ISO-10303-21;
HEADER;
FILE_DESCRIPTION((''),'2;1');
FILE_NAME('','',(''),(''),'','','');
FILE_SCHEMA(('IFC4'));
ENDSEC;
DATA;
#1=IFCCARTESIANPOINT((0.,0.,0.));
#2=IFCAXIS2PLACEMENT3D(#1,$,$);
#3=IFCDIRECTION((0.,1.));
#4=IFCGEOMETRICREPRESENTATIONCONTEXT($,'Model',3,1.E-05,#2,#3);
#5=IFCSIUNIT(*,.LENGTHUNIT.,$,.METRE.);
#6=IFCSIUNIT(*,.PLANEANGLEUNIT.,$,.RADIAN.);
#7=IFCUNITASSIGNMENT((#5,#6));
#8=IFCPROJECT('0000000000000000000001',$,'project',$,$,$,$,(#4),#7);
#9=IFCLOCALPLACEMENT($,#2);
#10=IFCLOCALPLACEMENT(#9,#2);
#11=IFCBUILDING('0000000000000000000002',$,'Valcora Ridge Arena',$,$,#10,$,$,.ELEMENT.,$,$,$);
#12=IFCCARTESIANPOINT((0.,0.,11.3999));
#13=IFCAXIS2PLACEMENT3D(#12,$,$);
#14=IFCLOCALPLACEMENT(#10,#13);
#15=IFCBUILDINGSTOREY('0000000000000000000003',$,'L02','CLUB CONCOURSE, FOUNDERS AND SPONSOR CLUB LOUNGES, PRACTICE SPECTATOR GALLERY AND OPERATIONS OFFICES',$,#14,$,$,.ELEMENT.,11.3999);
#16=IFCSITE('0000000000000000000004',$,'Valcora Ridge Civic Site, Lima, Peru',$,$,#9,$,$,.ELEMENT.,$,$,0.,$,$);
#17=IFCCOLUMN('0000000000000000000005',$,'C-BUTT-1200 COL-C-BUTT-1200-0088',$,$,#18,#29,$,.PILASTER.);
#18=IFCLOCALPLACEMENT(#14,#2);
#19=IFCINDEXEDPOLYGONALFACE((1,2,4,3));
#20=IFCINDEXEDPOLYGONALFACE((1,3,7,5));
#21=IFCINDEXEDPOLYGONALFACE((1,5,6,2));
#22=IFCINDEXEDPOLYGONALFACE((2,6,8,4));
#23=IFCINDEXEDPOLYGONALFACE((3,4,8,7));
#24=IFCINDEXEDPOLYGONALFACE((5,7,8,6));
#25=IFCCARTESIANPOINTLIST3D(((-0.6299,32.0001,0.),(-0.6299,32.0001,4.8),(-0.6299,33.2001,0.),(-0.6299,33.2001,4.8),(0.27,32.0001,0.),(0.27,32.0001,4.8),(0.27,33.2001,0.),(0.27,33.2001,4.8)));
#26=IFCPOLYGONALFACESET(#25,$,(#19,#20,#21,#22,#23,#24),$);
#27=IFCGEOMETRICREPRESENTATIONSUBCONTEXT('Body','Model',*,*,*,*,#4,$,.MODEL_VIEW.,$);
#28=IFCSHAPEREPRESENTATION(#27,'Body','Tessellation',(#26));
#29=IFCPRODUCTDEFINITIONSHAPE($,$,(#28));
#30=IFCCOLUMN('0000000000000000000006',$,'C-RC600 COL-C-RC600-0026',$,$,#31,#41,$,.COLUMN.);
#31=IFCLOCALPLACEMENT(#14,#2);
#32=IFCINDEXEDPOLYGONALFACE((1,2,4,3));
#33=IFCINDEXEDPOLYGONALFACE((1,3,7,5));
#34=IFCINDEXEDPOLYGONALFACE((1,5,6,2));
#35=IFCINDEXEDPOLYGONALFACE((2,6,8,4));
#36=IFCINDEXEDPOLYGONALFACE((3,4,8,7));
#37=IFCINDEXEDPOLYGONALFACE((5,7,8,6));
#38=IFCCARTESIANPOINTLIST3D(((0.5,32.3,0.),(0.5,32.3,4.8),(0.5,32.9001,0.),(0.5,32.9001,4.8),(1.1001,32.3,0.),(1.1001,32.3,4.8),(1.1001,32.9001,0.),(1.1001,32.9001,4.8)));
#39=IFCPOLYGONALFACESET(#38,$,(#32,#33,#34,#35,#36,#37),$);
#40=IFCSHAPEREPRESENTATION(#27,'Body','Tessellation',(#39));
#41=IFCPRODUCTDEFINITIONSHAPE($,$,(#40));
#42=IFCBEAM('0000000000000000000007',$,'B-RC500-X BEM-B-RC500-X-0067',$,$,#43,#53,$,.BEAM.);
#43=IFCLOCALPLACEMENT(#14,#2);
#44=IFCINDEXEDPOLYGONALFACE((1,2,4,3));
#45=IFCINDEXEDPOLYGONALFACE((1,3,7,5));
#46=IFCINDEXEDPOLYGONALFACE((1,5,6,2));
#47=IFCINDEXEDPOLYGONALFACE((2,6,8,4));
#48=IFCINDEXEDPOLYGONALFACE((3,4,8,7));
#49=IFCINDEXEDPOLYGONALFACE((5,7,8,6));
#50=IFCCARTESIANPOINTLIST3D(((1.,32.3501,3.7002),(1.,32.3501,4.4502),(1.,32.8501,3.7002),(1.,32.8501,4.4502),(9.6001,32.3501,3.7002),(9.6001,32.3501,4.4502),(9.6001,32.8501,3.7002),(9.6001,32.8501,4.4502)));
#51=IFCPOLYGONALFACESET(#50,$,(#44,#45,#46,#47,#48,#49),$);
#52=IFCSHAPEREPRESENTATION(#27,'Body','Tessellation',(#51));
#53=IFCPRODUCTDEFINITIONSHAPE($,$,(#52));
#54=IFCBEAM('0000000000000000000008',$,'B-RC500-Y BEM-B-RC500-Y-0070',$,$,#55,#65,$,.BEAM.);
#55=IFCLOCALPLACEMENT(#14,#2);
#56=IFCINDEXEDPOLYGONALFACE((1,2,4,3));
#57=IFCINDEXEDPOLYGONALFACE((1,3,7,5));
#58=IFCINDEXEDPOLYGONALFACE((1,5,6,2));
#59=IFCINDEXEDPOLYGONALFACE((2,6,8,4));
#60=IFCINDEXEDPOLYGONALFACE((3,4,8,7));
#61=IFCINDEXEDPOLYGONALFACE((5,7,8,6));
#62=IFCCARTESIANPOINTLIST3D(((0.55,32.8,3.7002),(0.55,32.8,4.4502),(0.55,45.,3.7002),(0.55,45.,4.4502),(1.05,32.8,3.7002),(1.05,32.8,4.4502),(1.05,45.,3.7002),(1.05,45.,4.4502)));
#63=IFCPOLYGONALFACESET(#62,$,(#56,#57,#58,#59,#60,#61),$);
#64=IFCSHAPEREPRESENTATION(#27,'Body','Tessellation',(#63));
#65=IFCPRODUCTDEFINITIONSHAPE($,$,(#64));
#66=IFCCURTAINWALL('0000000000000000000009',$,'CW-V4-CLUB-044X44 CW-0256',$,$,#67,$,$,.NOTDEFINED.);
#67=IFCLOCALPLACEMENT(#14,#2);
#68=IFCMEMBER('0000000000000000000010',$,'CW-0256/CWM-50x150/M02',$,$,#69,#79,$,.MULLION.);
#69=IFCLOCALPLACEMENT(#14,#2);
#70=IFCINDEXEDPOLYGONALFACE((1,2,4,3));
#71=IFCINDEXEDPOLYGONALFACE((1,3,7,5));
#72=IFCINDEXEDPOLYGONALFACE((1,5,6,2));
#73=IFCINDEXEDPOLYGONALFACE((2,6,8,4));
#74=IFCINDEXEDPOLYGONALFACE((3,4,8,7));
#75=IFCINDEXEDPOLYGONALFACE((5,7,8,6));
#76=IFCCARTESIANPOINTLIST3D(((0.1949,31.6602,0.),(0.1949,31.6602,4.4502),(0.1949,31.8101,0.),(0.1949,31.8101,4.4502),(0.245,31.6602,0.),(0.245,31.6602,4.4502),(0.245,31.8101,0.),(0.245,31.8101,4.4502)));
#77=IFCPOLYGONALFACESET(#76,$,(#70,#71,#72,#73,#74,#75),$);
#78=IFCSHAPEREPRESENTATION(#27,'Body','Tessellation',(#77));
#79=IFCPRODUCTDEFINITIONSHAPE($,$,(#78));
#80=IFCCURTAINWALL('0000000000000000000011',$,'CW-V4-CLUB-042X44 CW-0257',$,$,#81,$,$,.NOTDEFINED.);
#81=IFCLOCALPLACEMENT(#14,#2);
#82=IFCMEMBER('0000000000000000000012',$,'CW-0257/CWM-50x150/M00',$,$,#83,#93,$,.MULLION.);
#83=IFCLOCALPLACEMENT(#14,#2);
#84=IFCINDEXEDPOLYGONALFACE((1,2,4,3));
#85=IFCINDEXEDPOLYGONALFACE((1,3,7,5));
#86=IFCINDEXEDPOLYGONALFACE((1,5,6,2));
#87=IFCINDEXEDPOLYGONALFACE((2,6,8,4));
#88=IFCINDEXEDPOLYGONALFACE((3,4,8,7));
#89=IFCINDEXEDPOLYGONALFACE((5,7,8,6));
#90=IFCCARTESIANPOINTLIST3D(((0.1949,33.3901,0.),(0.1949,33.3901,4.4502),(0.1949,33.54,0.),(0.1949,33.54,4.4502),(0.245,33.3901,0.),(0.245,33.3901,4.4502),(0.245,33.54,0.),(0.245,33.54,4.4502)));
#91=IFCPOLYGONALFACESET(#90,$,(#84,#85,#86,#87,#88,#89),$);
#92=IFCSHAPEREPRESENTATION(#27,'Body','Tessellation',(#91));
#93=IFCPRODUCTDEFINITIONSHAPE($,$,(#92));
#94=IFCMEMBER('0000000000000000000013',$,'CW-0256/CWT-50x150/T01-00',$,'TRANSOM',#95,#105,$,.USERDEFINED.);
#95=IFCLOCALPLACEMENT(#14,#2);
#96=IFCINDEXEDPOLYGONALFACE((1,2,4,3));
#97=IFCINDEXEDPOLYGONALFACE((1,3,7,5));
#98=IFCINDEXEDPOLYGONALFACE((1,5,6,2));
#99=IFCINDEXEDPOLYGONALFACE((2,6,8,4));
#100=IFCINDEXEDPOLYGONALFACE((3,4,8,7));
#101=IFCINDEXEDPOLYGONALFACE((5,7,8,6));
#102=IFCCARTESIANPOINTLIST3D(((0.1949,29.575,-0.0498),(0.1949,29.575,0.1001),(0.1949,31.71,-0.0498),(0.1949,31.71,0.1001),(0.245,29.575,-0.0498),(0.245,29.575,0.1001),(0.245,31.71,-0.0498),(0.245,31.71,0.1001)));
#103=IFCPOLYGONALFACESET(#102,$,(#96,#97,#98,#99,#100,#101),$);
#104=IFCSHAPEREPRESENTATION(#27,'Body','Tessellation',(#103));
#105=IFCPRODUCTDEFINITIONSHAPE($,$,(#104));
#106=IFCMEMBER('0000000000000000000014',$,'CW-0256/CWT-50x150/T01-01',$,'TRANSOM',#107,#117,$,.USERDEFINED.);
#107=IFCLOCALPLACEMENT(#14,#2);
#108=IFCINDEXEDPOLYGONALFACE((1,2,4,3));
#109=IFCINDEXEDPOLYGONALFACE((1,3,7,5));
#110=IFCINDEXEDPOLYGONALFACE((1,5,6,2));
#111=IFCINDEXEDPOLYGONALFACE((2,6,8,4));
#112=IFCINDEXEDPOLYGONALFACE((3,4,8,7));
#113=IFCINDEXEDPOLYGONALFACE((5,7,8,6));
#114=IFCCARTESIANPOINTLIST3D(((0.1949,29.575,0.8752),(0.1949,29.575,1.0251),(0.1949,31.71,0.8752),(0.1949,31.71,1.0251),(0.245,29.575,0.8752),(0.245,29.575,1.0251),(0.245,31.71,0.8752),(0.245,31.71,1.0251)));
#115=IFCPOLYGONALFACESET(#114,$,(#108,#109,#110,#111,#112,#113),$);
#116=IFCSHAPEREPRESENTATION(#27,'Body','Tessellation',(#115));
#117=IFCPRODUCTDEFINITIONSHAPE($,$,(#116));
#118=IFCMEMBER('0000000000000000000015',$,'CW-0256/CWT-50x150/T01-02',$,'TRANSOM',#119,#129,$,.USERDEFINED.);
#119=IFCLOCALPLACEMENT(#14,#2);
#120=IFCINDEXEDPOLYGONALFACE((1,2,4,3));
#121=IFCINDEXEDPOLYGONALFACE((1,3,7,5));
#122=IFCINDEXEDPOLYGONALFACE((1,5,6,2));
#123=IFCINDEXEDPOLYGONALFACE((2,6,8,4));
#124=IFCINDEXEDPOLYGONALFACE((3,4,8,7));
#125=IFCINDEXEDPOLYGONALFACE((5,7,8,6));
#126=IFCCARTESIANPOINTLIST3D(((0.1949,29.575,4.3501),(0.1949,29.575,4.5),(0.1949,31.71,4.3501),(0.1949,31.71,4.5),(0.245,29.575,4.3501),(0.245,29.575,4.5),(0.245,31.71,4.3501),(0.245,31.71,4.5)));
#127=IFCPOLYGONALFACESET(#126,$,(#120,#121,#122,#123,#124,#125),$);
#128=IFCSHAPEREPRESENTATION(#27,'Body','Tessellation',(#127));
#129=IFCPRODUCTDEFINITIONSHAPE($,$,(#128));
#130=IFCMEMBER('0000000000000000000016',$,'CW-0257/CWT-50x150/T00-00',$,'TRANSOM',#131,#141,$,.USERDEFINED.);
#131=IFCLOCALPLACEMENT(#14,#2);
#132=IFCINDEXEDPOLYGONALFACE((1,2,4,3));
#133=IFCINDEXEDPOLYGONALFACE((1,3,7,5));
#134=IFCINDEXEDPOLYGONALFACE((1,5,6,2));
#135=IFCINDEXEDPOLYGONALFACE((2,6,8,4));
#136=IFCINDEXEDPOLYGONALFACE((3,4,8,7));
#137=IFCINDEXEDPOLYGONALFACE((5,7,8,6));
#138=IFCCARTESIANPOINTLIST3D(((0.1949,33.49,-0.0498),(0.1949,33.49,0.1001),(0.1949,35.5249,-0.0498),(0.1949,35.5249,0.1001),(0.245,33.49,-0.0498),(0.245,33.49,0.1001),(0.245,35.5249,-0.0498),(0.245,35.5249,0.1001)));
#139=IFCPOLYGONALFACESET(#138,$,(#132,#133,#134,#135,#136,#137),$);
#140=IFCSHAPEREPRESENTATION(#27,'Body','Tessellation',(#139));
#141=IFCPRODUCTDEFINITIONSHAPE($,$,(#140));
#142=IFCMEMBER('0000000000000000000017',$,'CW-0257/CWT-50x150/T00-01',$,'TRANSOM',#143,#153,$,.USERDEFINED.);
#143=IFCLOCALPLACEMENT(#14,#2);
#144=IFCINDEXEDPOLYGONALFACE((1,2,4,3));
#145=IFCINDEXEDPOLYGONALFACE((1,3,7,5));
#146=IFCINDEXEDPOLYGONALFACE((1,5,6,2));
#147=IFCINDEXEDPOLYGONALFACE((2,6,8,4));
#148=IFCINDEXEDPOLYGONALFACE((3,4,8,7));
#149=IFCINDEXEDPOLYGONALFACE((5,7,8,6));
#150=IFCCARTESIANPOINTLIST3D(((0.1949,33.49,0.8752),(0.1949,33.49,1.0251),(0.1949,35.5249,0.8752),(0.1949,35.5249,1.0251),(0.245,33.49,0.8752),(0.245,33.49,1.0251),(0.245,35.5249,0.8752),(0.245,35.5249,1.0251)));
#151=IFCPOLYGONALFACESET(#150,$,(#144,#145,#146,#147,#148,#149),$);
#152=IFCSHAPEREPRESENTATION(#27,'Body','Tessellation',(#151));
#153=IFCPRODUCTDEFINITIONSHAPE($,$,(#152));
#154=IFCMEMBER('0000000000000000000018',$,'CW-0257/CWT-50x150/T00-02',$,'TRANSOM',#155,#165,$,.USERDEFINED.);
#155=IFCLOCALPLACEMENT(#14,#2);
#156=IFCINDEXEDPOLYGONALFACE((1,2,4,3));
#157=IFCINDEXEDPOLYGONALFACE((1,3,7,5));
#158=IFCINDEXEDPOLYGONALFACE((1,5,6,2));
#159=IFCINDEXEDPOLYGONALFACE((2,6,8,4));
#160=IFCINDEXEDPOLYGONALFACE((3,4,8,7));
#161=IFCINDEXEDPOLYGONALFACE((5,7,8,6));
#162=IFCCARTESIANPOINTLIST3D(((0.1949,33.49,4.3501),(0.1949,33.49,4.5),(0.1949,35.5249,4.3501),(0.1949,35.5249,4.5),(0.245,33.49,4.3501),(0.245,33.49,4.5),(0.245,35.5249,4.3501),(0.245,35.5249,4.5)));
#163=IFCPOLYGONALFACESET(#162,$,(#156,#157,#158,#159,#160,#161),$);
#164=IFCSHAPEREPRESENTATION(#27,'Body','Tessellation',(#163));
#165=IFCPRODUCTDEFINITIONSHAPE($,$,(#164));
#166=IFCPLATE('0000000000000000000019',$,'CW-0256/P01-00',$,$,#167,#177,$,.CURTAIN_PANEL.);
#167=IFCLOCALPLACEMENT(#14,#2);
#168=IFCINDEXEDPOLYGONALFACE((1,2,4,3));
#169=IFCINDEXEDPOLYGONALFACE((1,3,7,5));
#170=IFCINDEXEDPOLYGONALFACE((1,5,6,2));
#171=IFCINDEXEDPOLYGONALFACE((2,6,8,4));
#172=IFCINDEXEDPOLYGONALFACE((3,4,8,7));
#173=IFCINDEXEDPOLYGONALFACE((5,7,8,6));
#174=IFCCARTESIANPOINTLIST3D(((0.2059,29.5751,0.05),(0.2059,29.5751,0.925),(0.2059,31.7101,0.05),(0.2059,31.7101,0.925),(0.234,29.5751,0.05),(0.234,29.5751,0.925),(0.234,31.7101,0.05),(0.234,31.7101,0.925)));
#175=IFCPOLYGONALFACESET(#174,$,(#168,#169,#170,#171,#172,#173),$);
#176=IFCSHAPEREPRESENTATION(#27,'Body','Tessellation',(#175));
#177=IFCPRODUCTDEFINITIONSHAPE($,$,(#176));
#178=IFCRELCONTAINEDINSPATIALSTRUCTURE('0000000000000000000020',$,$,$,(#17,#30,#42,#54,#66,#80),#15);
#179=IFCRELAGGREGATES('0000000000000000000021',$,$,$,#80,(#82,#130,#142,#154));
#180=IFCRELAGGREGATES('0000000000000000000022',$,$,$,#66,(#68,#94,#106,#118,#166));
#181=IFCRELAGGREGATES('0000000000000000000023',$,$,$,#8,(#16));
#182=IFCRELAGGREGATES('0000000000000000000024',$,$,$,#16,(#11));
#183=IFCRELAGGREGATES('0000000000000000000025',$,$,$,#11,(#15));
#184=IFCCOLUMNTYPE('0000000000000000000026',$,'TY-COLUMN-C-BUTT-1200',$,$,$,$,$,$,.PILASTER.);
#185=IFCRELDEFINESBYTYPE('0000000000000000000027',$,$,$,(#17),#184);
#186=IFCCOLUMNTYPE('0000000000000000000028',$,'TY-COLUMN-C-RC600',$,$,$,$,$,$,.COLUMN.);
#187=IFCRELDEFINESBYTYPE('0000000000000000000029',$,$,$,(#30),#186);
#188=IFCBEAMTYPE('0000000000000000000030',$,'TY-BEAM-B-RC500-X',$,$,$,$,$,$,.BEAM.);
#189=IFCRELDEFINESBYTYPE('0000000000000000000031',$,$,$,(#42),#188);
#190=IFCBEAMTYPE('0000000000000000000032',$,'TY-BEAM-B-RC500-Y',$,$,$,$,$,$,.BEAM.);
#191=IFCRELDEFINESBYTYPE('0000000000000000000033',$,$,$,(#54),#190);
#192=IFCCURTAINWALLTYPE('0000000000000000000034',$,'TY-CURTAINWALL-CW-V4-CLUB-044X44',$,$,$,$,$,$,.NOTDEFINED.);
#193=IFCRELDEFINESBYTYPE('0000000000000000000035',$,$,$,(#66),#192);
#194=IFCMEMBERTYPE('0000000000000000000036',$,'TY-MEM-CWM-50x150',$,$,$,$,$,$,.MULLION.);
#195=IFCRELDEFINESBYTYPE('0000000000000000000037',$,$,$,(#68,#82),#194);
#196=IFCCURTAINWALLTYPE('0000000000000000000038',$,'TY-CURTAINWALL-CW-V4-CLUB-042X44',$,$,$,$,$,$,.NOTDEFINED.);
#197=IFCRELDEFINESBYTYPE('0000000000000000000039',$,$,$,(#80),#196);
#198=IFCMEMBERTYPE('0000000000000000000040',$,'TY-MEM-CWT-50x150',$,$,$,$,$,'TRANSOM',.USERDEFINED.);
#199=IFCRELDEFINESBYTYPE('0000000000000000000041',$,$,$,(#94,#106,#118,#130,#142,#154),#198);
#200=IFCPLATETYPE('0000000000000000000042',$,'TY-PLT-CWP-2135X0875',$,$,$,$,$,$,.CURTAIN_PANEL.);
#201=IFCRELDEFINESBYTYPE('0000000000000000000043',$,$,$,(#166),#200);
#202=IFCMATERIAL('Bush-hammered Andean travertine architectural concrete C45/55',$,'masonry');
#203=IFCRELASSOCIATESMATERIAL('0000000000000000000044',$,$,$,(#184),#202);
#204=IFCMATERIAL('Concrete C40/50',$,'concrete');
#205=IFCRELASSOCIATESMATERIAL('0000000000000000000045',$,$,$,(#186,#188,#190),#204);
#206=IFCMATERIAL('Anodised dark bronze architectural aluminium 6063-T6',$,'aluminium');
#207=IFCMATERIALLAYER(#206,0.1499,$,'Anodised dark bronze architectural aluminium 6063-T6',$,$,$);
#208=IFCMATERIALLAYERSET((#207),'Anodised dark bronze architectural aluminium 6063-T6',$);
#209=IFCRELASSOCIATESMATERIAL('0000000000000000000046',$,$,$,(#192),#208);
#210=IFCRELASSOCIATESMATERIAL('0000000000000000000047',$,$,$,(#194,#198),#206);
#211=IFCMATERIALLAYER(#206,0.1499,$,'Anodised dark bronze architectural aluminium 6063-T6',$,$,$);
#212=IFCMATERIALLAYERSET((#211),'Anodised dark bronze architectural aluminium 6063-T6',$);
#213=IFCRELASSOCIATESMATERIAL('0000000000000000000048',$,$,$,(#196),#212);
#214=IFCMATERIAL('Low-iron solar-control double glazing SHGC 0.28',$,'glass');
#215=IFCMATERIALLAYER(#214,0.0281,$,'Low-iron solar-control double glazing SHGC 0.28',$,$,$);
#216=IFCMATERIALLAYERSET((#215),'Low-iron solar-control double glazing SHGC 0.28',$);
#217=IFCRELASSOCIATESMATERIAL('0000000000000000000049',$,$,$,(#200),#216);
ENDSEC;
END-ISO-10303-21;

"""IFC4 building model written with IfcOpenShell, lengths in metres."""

from ifc_helpers import new_model, si_unit, direction, frame, origin, origin_2d, place, context, subcontext, project, spatial, rectangle, extrude, material, layer, layer_set, material_profile, profile_set, type_object, element, aggregate, save


model = new_model("IFC4")

# Units and contexts
model_context = context("Model", 3, precision=1e-05, world=origin(), true_north=direction((0.0, 1.0)))
body_context = subcontext(model_context, "Body", "Model", "MODEL_VIEW")
ifc_project = project(units=[si_unit("LENGTHUNIT", "METRE"), si_unit("PLANEANGLEUNIT", "RADIAN")], contexts=[model_context])

# Site, building, storey
site_placement = place(None, origin())
site = spatial("IfcSite", under=ifc_project, at=site_placement, Name="Valcora Ridge Civic Site, Lima, Peru", CompositionType="ELEMENT", RefElevation=0.0)
building_placement = place(site_placement, origin())
building = spatial("IfcBuilding", under=site, at=building_placement, Name="Valcora Ridge Arena", CompositionType="ELEMENT")
storey_placement = place(building_placement, frame((0.0, 0.0, 11.3999)))
storey = spatial("IfcBuildingStorey", under=building, at=storey_placement, Name="L02", Description="CLUB CONCOURSE, FOUNDERS AND SPONSOR CLUB LOUNGES, PRACTICE SPECTATOR GALLERY AND OPERATIONS OFFICES", CompositionType="ELEMENT", Elevation=11.3999)

# Columns
ifc_material_1 = material(Name="Bush-hammered Andean travertine architectural concrete C45/55", Category="masonry")
ifc_material_profile_1 = material_profile(ifc_material_1, rectangle(XDim=0.8999, YDim=1.2, at=origin_2d()), Name="RC 900x1200")
ifc_profile_set_1 = profile_set([ifc_material_profile_1], Name="Bush-hammered Andean travertine architectural concrete C45/55")
column_type_1 = type_object("IfcColumnType", Name="TY-COLUMN-C-BUTT-1200", PredefinedType="PILASTER", material=ifc_profile_set_1)
column_1_placement = place(storey_placement, frame((-0.1799, 32.6001, 0.0), z_axis=(0.0, 0.0, 1.0), x_axis=(1.0, 0.0, 0.0)))
element("IfcColumn", 1, at=column_1_placement, inside=storey, type_object=column_type_1, Name="C-BUTT-1200 COL-C-BUTT-1200-0088", PredefinedType="PILASTER", context=body_context, shape_type="SweptSolid", body=[
    extrude(rectangle(XDim=0.8999, YDim=1.2, at=origin_2d()), origin(), (0.0, 0.0, 1.0), 4.8),
])
ifc_material_2 = material(Name="Concrete C40/50", Category="concrete")
ifc_material_profile_2 = material_profile(ifc_material_2, rectangle(XDim=0.6001, YDim=0.6001, at=origin_2d()), Name="RC 600x600")
ifc_profile_set_2 = profile_set([ifc_material_profile_2], Name="Concrete C40/50")
column_type_2 = type_object("IfcColumnType", Name="TY-COLUMN-C-RC600", PredefinedType="COLUMN", material=ifc_profile_set_2)
column_2_placement = place(storey_placement, frame((0.8, 32.6001, 0.0), z_axis=(0.0, 0.0, 1.0), x_axis=(1.0, 0.0, 0.0)))
element("IfcColumn", 2, at=column_2_placement, inside=storey, type_object=column_type_2, Name="C-RC600 COL-C-RC600-0026", PredefinedType="COLUMN", context=body_context, shape_type="SweptSolid", body=[
    extrude(rectangle(XDim=0.6001, YDim=0.6001, at=origin_2d()), origin(), (0.0, 0.0, 1.0), 4.8),
])

# Beams
ifc_material_profile_3 = material_profile(ifc_material_2, rectangle(XDim=0.5, YDim=0.75, at=origin_2d()), Name="RC 500x750")
ifc_profile_set_3 = profile_set([ifc_material_profile_3], Name="Concrete C40/50")
beam_type_1 = type_object("IfcBeamType", Name="TY-BEAM-B-RC500-X", PredefinedType="BEAM", material=ifc_profile_set_3)
beam_1_placement = place(storey_placement, frame((1.0, 32.6001, 4.0752), z_axis=(1.0, 0.0, 0.0), x_axis=(0.0, 1.0, 0.0)))
element("IfcBeam", 3, at=beam_1_placement, inside=storey, type_object=beam_type_1, Name="B-RC500-X BEM-B-RC500-X-0067", PredefinedType="BEAM", context=body_context, shape_type="SweptSolid", body=[
    extrude(rectangle(XDim=0.5, YDim=0.75, at=origin_2d()), origin(), (0.0, 0.0, 1.0), 8.6001),
])
ifc_material_profile_4 = material_profile(ifc_material_2, rectangle(XDim=0.5, YDim=0.75, at=origin_2d()), Name="RC 500x750")
ifc_profile_set_4 = profile_set([ifc_material_profile_4], Name="Concrete C40/50")
beam_type_2 = type_object("IfcBeamType", Name="TY-BEAM-B-RC500-Y", PredefinedType="BEAM", material=ifc_profile_set_4)
beam_2_placement = place(storey_placement, frame((0.8, 32.8, 4.0752), z_axis=(0.0, 1.0, 0.0), x_axis=(-1.0, 0.0, 0.0)))
element("IfcBeam", 4, at=beam_2_placement, inside=storey, type_object=beam_type_2, Name="B-RC500-Y BEM-B-RC500-Y-0070", PredefinedType="BEAM", context=body_context, shape_type="SweptSolid", body=[
    extrude(rectangle(XDim=0.5, YDim=0.75, at=origin_2d()), origin(), (0.0, 0.0, 1.0), 12.2),
])

# Curtain walls, members
ifc_material_3 = material(Name="Anodised dark bronze architectural aluminium 6063-T6", Category="aluminium")
ifc_layer_1 = layer(ifc_material_3, 0.1499, Name="Anodised dark bronze architectural aluminium 6063-T6")
ifc_layer_set_1 = layer_set([ifc_layer_1], Name="Anodised dark bronze architectural aluminium 6063-T6")
curtain_wall_type_1 = type_object("IfcCurtainWallType", Name="TY-CURTAINWALL-CW-V4-CLUB-044X44", PredefinedType="NOTDEFINED", material=ifc_layer_set_1)
curtain_wall_1_placement = place(storey_placement, origin())
curtain_wall_1 = element("IfcCurtainWall", 5, at=curtain_wall_1_placement, inside=storey, type_object=curtain_wall_type_1, Name="CW-V4-CLUB-044X44 CW-0256", PredefinedType="NOTDEFINED")
ifc_material_profile_5 = material_profile(ifc_material_3, rectangle(XDim=0.05, YDim=0.1499, at=origin_2d()), Name="ALU MULLION 50x150")
ifc_profile_set_5 = profile_set([ifc_material_profile_5], Name="Anodised dark bronze architectural aluminium 6063-T6")
member_type_1 = type_object("IfcMemberType", Name="TY-MEM-CWM-50x150", PredefinedType="MULLION", material=ifc_profile_set_5)
member_1_placement = place(storey_placement, frame((0.22, 31.7351, 0.0), z_axis=(0.0, 0.0, 1.0), x_axis=(-1.0, 0.0, 0.0)))
member_1 = element("IfcMember", 6, at=member_1_placement, type_object=member_type_1, Name="CW-0256/CWM-50x150/M02", PredefinedType="MULLION", context=body_context, shape_type="SweptSolid", body=[
    extrude(rectangle(XDim=0.05, YDim=0.1499, at=origin_2d()), origin(), (0.0, 0.0, 1.0), 4.4502),
])
ifc_layer_2 = layer(ifc_material_3, 0.1499, Name="Anodised dark bronze architectural aluminium 6063-T6")
ifc_layer_set_2 = layer_set([ifc_layer_2], Name="Anodised dark bronze architectural aluminium 6063-T6")
curtain_wall_type_2 = type_object("IfcCurtainWallType", Name="TY-CURTAINWALL-CW-V4-CLUB-042X44", PredefinedType="NOTDEFINED", material=ifc_layer_set_2)
curtain_wall_2_placement = place(storey_placement, origin())
curtain_wall_2 = element("IfcCurtainWall", 7, at=curtain_wall_2_placement, inside=storey, type_object=curtain_wall_type_2, Name="CW-V4-CLUB-042X44 CW-0257", PredefinedType="NOTDEFINED")
member_2_placement = place(storey_placement, frame((0.22, 33.4651, 0.0), z_axis=(0.0, 0.0, 1.0), x_axis=(-1.0, 0.0, 0.0)))
member_2 = element("IfcMember", 8, at=member_2_placement, type_object=member_type_1, Name="CW-0257/CWM-50x150/M00", PredefinedType="MULLION", context=body_context, shape_type="SweptSolid", body=[
    extrude(rectangle(XDim=0.05, YDim=0.1499, at=origin_2d()), origin(), (0.0, 0.0, 1.0), 4.4502),
])

# Members
ifc_material_profile_6 = material_profile(ifc_material_3, rectangle(XDim=0.05, YDim=0.1499, at=origin_2d()), Name="ALU TRANSOM 50x150")
ifc_profile_set_6 = profile_set([ifc_material_profile_6], Name="Anodised dark bronze architectural aluminium 6063-T6")
member_type_2 = type_object("IfcMemberType", Name="TY-MEM-CWT-50x150", ElementType="TRANSOM", PredefinedType="USERDEFINED", material=ifc_profile_set_6)
member_3_placement = place(storey_placement, frame((0.22, 29.575, 0.0251), z_axis=(0.0, 1.0, 0.0), x_axis=(-1.0, 0.0, 0.0)))
member_3 = element("IfcMember", 9, at=member_3_placement, type_object=member_type_2, Name="CW-0256/CWT-50x150/T01-00", ObjectType="TRANSOM", PredefinedType="USERDEFINED", context=body_context, shape_type="SweptSolid", body=[
    extrude(rectangle(XDim=0.05, YDim=0.1499, at=origin_2d()), origin(), (0.0, 0.0, 1.0), 2.135),
])
member_4_placement = place(storey_placement, frame((0.22, 29.575, 0.9502), z_axis=(0.0, 1.0, 0.0), x_axis=(-1.0, 0.0, 0.0)))
member_4 = element("IfcMember", 10, at=member_4_placement, type_object=member_type_2, Name="CW-0256/CWT-50x150/T01-01", ObjectType="TRANSOM", PredefinedType="USERDEFINED", context=body_context, shape_type="SweptSolid", body=[
    extrude(rectangle(XDim=0.05, YDim=0.1499, at=origin_2d()), origin(), (0.0, 0.0, 1.0), 2.135),
])
member_5_placement = place(storey_placement, frame((0.22, 29.575, 4.425), z_axis=(0.0, 1.0, 0.0), x_axis=(-1.0, 0.0, 0.0)))
member_5 = element("IfcMember", 11, at=member_5_placement, type_object=member_type_2, Name="CW-0256/CWT-50x150/T01-02", ObjectType="TRANSOM", PredefinedType="USERDEFINED", context=body_context, shape_type="SweptSolid", body=[
    extrude(rectangle(XDim=0.05, YDim=0.1499, at=origin_2d()), origin(), (0.0, 0.0, 1.0), 2.135),
])
member_6_placement = place(storey_placement, frame((0.22, 33.49, 0.0251), z_axis=(0.0, 1.0, 0.0), x_axis=(-1.0, 0.0, 0.0)))
member_6 = element("IfcMember", 12, at=member_6_placement, type_object=member_type_2, Name="CW-0257/CWT-50x150/T00-00", ObjectType="TRANSOM", PredefinedType="USERDEFINED", context=body_context, shape_type="SweptSolid", body=[
    extrude(rectangle(XDim=0.05, YDim=0.1499, at=origin_2d()), origin(), (0.0, 0.0, 1.0), 2.0349),
])
member_7_placement = place(storey_placement, frame((0.22, 33.49, 0.9502), z_axis=(0.0, 1.0, 0.0), x_axis=(-1.0, 0.0, 0.0)))
member_7 = element("IfcMember", 13, at=member_7_placement, type_object=member_type_2, Name="CW-0257/CWT-50x150/T00-01", ObjectType="TRANSOM", PredefinedType="USERDEFINED", context=body_context, shape_type="SweptSolid", body=[
    extrude(rectangle(XDim=0.05, YDim=0.1499, at=origin_2d()), origin(), (0.0, 0.0, 1.0), 2.0349),
])
member_8_placement = place(storey_placement, frame((0.22, 33.49, 4.425), z_axis=(0.0, 1.0, 0.0), x_axis=(-1.0, 0.0, 0.0)))
member_8 = element("IfcMember", 14, at=member_8_placement, type_object=member_type_2, Name="CW-0257/CWT-50x150/T00-02", ObjectType="TRANSOM", PredefinedType="USERDEFINED", context=body_context, shape_type="SweptSolid", body=[
    extrude(rectangle(XDim=0.05, YDim=0.1499, at=origin_2d()), origin(), (0.0, 0.0, 1.0), 2.0349),
])
aggregate(curtain_wall_2, [member_2, member_6, member_7, member_8])

# Plate
ifc_material_4 = material(Name="Low-iron solar-control double glazing SHGC 0.28", Category="glass")
ifc_layer_3 = layer(ifc_material_4, 0.0281, Name="Low-iron solar-control double glazing SHGC 0.28")
ifc_layer_set_3 = layer_set([ifc_layer_3], Name="Low-iron solar-control double glazing SHGC 0.28")
plate_type_1 = type_object("IfcPlateType", Name="TY-PLT-CWP-2135X0875", PredefinedType="CURTAIN_PANEL", material=ifc_layer_set_3)
plate_1_placement = place(storey_placement, frame((0.22, 30.6426, 0.05), z_axis=(0.0, 0.0, 1.0), x_axis=(0.0, 1.0, 0.0)))
plate_1 = element("IfcPlate", 15, at=plate_1_placement, type_object=plate_type_1, Name="CW-0256/P01-00", PredefinedType="CURTAIN_PANEL", context=body_context, shape_type="SweptSolid", body=[
    extrude(rectangle(XDim=2.135, YDim=0.0281, at=origin_2d()), origin(), (0.0, 0.0, 1.0), 0.875),
])
aggregate(curtain_wall_1, [member_1, member_3, member_4, member_5, plate_1])

save(model, "model.ifc")
